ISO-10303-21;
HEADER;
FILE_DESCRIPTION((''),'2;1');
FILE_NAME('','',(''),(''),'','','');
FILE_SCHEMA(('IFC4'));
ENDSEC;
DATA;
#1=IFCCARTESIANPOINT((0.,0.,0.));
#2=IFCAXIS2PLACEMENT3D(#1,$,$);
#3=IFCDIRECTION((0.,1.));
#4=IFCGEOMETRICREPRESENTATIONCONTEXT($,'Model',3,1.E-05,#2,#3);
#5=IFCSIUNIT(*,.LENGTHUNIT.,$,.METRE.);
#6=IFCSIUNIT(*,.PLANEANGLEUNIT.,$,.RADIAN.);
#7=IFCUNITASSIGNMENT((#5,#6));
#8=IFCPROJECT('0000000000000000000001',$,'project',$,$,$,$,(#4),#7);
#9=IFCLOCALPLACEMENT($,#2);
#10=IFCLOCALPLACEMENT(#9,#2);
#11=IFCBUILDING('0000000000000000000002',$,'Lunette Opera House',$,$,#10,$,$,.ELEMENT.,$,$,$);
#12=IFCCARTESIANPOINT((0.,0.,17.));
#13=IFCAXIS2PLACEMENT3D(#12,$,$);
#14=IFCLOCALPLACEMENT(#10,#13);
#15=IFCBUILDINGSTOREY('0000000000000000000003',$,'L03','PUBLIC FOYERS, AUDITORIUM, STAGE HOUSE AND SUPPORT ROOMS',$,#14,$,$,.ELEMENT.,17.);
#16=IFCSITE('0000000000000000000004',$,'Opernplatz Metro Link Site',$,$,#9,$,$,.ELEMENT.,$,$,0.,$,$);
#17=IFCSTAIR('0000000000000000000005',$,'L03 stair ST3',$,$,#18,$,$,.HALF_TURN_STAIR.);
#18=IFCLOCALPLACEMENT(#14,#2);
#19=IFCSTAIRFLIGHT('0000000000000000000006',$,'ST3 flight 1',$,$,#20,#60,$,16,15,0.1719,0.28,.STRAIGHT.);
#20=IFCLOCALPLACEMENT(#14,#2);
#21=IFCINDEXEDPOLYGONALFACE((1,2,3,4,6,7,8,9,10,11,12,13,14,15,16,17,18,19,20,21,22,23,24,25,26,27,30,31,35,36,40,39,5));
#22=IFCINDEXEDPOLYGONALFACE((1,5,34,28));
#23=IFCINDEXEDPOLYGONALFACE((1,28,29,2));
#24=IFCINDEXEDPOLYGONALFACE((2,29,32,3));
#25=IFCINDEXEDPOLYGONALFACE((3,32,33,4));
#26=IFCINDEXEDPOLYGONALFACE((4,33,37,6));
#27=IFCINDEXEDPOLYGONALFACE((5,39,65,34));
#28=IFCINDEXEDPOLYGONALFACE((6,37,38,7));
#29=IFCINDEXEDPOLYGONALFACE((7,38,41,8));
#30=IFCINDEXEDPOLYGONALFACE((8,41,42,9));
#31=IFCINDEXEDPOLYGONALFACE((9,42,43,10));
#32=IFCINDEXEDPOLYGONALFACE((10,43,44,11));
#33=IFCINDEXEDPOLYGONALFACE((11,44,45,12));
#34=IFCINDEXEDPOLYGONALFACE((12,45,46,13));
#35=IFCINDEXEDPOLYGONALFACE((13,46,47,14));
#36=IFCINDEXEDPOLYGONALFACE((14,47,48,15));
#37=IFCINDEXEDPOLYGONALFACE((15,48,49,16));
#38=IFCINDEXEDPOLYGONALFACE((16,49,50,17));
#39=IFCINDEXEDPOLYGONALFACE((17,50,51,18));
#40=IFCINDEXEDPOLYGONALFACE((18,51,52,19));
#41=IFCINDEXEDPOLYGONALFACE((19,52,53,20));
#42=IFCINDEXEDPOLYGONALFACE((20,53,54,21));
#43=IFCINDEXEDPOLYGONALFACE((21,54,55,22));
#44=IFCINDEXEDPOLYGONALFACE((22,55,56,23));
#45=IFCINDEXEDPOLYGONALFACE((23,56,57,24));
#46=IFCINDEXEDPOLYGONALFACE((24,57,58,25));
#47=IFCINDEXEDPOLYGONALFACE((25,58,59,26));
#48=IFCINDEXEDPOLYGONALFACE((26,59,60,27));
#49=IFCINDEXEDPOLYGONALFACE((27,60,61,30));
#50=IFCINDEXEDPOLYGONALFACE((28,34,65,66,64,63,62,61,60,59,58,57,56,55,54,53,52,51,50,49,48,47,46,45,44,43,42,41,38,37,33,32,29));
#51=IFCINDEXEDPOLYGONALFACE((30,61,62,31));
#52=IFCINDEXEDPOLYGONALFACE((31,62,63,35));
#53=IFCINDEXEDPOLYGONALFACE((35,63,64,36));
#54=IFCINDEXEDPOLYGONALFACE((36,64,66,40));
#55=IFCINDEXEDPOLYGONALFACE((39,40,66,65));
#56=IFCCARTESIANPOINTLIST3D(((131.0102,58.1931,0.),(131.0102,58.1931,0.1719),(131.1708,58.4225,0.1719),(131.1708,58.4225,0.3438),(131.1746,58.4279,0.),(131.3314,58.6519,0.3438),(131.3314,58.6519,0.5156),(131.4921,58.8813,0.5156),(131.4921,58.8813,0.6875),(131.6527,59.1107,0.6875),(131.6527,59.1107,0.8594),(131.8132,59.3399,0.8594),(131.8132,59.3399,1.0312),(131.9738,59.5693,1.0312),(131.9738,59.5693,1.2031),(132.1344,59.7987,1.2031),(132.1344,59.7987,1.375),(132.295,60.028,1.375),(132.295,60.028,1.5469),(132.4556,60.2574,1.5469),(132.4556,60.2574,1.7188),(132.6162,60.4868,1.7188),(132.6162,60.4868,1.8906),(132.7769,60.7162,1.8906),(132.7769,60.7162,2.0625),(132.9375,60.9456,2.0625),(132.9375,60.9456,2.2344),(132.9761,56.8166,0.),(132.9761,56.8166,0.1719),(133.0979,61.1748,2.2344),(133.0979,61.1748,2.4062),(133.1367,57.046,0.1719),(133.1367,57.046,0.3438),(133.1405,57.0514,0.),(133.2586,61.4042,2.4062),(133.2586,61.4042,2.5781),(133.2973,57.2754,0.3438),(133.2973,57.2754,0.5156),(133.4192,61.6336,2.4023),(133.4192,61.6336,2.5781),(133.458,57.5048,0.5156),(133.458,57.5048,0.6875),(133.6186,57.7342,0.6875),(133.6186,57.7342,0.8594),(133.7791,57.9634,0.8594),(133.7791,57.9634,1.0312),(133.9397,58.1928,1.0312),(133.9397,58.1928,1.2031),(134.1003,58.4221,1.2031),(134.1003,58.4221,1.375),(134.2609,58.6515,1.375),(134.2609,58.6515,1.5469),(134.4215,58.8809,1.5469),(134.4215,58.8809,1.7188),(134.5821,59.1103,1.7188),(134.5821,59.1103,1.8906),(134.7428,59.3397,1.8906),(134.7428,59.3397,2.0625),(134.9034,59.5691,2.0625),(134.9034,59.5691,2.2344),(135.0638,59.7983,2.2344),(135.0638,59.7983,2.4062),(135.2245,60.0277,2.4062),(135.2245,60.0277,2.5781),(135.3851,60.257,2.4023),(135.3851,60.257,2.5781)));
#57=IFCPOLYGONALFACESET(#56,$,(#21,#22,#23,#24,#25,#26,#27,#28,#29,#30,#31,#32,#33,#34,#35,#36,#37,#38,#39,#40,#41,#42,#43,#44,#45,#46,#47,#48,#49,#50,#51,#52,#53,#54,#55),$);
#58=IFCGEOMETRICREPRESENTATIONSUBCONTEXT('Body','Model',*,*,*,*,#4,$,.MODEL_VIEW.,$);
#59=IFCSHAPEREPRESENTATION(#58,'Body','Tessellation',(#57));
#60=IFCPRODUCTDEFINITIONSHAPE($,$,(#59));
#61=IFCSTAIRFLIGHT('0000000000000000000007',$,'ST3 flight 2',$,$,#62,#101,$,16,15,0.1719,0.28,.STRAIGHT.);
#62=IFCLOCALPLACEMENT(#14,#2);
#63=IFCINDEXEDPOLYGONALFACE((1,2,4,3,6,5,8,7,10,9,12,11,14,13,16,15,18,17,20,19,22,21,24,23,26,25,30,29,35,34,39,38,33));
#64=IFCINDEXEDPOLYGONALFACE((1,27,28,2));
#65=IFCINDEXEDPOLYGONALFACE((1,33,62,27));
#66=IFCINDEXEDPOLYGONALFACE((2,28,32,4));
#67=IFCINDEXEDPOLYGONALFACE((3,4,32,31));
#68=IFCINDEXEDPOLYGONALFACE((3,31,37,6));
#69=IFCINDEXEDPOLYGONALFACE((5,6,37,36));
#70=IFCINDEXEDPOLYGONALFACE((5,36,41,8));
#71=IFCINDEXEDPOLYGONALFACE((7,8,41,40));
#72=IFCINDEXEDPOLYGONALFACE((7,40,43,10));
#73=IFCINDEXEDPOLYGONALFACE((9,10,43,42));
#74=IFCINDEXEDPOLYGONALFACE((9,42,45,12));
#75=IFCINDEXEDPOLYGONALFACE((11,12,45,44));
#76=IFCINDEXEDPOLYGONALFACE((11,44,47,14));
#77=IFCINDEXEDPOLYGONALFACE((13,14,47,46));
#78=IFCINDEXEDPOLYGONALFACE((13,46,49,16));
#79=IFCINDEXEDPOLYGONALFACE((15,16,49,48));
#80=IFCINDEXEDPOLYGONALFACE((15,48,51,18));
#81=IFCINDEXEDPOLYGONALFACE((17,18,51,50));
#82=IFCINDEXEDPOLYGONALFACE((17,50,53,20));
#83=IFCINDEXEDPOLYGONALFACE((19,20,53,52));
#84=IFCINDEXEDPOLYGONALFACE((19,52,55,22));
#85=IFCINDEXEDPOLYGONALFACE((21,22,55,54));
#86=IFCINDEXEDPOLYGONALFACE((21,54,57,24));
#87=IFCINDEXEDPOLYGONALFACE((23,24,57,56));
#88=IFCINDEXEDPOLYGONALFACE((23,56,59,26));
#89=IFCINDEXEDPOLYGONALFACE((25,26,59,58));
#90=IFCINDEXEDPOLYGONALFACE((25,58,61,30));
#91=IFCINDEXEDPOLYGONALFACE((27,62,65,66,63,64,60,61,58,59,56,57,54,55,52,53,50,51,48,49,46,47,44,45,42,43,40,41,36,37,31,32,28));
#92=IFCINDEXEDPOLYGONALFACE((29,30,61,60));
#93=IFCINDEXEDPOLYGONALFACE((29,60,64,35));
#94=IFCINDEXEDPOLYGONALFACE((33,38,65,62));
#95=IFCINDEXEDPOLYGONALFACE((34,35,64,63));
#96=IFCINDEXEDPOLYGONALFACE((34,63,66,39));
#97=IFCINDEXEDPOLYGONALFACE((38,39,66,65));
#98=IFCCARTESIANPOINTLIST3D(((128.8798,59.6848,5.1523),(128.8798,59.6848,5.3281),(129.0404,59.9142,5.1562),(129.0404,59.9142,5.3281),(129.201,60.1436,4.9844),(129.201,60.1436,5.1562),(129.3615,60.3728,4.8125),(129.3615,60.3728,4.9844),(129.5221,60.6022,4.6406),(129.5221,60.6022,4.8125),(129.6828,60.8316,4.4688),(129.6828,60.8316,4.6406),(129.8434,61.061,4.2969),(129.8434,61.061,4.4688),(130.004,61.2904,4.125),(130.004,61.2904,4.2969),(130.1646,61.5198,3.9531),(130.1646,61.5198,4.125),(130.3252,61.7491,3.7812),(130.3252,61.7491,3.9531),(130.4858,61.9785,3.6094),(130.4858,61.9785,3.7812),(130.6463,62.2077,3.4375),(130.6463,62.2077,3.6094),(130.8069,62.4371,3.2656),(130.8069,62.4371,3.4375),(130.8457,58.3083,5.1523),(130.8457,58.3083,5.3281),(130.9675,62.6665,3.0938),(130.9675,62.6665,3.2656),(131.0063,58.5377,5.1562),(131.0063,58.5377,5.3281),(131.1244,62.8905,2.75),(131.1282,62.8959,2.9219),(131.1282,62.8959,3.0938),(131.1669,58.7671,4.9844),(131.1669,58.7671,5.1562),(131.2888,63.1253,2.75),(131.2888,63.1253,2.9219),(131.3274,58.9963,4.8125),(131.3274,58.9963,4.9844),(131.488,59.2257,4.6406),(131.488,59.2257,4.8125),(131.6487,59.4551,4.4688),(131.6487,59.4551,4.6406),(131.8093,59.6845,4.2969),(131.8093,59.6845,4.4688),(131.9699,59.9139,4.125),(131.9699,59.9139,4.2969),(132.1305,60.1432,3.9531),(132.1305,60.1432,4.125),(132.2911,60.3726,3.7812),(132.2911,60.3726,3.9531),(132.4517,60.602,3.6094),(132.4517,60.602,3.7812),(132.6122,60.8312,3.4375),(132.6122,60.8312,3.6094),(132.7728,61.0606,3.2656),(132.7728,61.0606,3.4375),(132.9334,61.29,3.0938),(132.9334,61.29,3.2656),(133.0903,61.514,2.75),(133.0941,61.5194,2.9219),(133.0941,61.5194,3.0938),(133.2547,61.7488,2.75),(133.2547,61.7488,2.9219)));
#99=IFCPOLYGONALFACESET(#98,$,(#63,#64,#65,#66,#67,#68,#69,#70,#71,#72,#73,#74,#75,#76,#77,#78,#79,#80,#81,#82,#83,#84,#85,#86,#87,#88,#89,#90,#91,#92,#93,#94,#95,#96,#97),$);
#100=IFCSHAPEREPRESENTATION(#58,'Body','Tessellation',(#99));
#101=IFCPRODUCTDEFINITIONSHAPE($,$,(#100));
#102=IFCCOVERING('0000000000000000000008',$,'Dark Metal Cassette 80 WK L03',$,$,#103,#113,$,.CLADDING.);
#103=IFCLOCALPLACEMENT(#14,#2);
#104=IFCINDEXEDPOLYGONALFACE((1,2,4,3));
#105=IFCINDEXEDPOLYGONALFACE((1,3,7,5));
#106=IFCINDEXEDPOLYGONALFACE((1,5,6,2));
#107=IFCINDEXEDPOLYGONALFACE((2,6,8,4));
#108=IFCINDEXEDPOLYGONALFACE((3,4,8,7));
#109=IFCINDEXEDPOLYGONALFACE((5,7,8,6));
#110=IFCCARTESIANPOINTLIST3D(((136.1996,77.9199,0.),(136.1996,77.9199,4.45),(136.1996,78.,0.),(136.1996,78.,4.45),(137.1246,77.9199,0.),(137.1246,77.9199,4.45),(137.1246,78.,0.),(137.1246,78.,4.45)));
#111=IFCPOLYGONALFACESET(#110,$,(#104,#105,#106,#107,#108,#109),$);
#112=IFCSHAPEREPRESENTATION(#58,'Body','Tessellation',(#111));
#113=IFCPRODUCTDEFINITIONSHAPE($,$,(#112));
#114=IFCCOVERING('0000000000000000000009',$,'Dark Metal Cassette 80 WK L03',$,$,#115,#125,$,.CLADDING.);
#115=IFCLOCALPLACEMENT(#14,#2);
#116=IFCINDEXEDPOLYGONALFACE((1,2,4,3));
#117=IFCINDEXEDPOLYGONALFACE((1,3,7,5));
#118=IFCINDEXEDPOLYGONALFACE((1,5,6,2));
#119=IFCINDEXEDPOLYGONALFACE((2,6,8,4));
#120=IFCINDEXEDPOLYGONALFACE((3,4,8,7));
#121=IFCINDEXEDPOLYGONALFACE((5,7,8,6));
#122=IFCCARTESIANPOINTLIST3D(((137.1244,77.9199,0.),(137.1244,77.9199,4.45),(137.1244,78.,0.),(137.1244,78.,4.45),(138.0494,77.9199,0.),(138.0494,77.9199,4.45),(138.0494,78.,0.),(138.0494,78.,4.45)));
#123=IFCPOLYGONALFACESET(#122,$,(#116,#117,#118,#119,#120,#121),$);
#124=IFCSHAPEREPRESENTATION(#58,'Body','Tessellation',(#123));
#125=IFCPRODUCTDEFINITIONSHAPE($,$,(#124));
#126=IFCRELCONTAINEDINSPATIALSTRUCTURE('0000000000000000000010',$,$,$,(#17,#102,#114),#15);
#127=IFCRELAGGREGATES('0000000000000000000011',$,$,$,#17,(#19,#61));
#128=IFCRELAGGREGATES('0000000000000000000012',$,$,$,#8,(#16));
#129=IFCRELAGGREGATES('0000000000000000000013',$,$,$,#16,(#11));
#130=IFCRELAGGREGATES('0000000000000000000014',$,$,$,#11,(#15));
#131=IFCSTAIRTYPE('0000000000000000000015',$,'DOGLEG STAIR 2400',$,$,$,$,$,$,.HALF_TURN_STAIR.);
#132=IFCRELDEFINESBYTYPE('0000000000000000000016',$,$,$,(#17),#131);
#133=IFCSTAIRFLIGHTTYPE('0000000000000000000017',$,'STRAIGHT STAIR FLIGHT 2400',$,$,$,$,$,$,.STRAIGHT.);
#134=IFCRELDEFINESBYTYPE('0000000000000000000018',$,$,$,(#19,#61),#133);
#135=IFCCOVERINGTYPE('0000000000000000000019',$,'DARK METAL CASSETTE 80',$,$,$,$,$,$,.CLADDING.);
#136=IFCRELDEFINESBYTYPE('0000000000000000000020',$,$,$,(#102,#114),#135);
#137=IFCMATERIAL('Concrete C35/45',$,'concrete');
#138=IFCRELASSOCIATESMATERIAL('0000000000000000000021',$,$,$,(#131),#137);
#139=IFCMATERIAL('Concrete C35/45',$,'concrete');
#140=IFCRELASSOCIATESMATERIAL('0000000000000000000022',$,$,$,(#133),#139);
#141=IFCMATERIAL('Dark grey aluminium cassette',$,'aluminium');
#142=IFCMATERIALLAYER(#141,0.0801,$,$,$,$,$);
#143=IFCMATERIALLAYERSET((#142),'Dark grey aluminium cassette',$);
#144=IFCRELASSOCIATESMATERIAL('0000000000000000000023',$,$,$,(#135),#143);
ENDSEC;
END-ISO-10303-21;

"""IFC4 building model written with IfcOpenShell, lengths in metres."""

from ifc_helpers import new_model, si_unit, direction, frame, origin, origin_2d, place, context, subcontext, project, spatial, polyline, rectangle, outline, extrude, material, layer, layer_set, type_object, element, aggregate, save


model = new_model("IFC4")

# Units and contexts
model_context = context("Model", 3, precision=1e-05, world=origin(), true_north=direction((0.0, 1.0)))
body_context = subcontext(model_context, "Body", "Model", "MODEL_VIEW")
ifc_project = project(units=[si_unit("LENGTHUNIT", "METRE"), si_unit("PLANEANGLEUNIT", "RADIAN")], contexts=[model_context])

# Site, building, storey
site_placement = place(None, origin())
site = spatial("IfcSite", under=ifc_project, at=site_placement, Name="Opernplatz Metro Link Site", CompositionType="ELEMENT", RefElevation=0.0)
building_placement = place(site_placement, origin())
building = spatial("IfcBuilding", under=site, at=building_placement, Name="Lunette Opera House", CompositionType="ELEMENT")
storey_placement = place(building_placement, frame((0.0, 0.0, 17.0)))
storey = spatial("IfcBuildingStorey", under=building, at=storey_placement, Name="L03", Description="PUBLIC FOYERS, AUDITORIUM, STAGE HOUSE AND SUPPORT ROOMS", CompositionType="ELEMENT", Elevation=17.0)

# Stair, stair flights
ifc_material_1 = material(Name="Concrete C35/45", Category="concrete")
stair_type = type_object("IfcStairType", Name="DOGLEG STAIR 2400", PredefinedType="HALF_TURN_STAIR", material=ifc_material_1)
stair_placement = place(storey_placement, origin())
stair = element("IfcStair", 1, at=stair_placement, inside=storey, type_object=stair_type, Name="L03 stair ST3", PredefinedType="HALF_TURN_STAIR")
ifc_material_2 = material(Name="Concrete C35/45", Category="concrete")
stair_flight_type = type_object("IfcStairFlightType", Name="STRAIGHT STAIR FLIGHT 2400", PredefinedType="STRAIGHT", material=ifc_material_2)
stair_flight_1_placement = place(storey_placement, frame((131.9932, 57.5049, 0.0), z_axis=(0.0, 0.0, 1.0), x_axis=(0.57357, 0.819157, 0.0)))
stair_flight_1 = element("IfcStairFlight", 2, at=stair_flight_1_placement, type_object=stair_flight_type, Name="ST3 flight 1", NumberOfRisers=16, NumberOfTreads=15, PredefinedType="STRAIGHT", RiserHeight=0.1719, TreadLength=0.28, context=body_context, shape_type="SweptSolid", body=[
    extrude(outline(polyline([(0.0, 0.0), (0.0, 0.1719), (0.28, 0.1719), (0.28, 0.3438), (0.5601, 0.3438), (0.5601, 0.5156), (0.8401, 0.5156), (0.8401, 0.6875), (1.1201, 0.6875), (1.1201, 0.8594), (1.3999, 0.8594), (1.3999, 1.0312), (1.6799, 1.0312), (1.6799, 1.2031), (1.96, 1.2031), (1.96, 1.375), (2.24, 1.375), (2.24, 1.5469), (2.52, 1.5469), (2.52, 1.7188), (2.8, 1.7188), (2.8, 1.8906), (3.0801, 1.8906), (3.0801, 2.0625), (3.3601, 2.0625), (3.3601, 2.2344), (3.6399, 2.2344), (3.6399, 2.4062), (3.9199, 2.4062), (3.9199, 2.5781), (4.2, 2.5781), (4.2, 2.75), (4.2, 2.4023), (0.2866, 0.0), (0.0, 0.0)])), frame((0.0, 1.2, 0.0), z_axis=(0.0, -1.0, 0.0), x_axis=(1.0, 0.0, 0.0)), (0.0, 0.0, 1.0), 2.3999),
])
stair_flight_2_placement = place(storey_placement, frame((132.2717, 62.437, 2.75), z_axis=(0.0, 0.0, 1.0), x_axis=(-0.57357, -0.819157, 0.0)))
stair_flight_2 = element("IfcStairFlight", 3, at=stair_flight_2_placement, type_object=stair_flight_type, Name="ST3 flight 2", NumberOfRisers=16, NumberOfTreads=15, PredefinedType="STRAIGHT", RiserHeight=0.1719, TreadLength=0.28, context=body_context, shape_type="SweptSolid", body=[
    extrude(outline(polyline([(0.0, 0.0), (0.0, 0.1719), (0.28, 0.1719), (0.28, 0.3438), (0.5601, 0.3438), (0.5601, 0.5156), (0.8401, 0.5156), (0.8401, 0.6875), (1.1201, 0.6875), (1.1201, 0.8594), (1.3999, 0.8594), (1.3999, 1.0312), (1.6799, 1.0312), (1.6799, 1.2031), (1.96, 1.2031), (1.96, 1.375), (2.24, 1.375), (2.24, 1.5469), (2.52, 1.5469), (2.52, 1.7188), (2.8, 1.7188), (2.8, 1.8906), (3.0801, 1.8906), (3.0801, 2.0625), (3.3601, 2.0625), (3.3601, 2.2344), (3.6399, 2.2344), (3.6399, 2.4062), (3.9199, 2.4062), (3.9199, 2.5781), (4.2, 2.5781), (4.2, 2.75), (4.2, 2.4023), (0.2866, 0.0), (0.0, 0.0)])), frame((0.0, 1.2, 0.0), z_axis=(0.0, -1.0, 0.0), x_axis=(1.0, 0.0, 0.0)), (0.0, 0.0, 1.0), 2.3999),
])
aggregate(stair, [stair_flight_1, stair_flight_2])

# Coverings
ifc_material_3 = material(Name="Dark grey aluminium cassette", Category="aluminium")
ifc_layer_1 = layer(ifc_material_3, 0.0801)
ifc_layer_set_1 = layer_set([ifc_layer_1], Name="Dark grey aluminium cassette")
covering_type = type_object("IfcCoveringType", Name="DARK METAL CASSETTE 80", PredefinedType="CLADDING", material=ifc_layer_set_1)
for number, where, z_axis, x_axis, name in (
    (4, (136.6621, 77.96, 0.0), (0.0, 0.0, 1.0), (1.0, 0.0, 0.0), "Dark Metal Cassette 80 WK L03"),
    (5, (137.5869, 77.96, 0.0), (0.0, 0.0, 1.0), (1.0, 0.0, 0.0), "Dark Metal Cassette 80 WK L03"),
):
    element("IfcCovering", number, at=place(storey_placement, frame(where, z_axis=z_axis, x_axis=x_axis)), inside=storey, type_object=covering_type, Name=name, PredefinedType="CLADDING", context=body_context, shape_type="SweptSolid", body=[
        extrude(rectangle(XDim=0.925, YDim=0.0801, at=origin_2d()), origin(), (0.0, 0.0, 1.0), 4.45),
    ])

save(model, "model.ifc")
